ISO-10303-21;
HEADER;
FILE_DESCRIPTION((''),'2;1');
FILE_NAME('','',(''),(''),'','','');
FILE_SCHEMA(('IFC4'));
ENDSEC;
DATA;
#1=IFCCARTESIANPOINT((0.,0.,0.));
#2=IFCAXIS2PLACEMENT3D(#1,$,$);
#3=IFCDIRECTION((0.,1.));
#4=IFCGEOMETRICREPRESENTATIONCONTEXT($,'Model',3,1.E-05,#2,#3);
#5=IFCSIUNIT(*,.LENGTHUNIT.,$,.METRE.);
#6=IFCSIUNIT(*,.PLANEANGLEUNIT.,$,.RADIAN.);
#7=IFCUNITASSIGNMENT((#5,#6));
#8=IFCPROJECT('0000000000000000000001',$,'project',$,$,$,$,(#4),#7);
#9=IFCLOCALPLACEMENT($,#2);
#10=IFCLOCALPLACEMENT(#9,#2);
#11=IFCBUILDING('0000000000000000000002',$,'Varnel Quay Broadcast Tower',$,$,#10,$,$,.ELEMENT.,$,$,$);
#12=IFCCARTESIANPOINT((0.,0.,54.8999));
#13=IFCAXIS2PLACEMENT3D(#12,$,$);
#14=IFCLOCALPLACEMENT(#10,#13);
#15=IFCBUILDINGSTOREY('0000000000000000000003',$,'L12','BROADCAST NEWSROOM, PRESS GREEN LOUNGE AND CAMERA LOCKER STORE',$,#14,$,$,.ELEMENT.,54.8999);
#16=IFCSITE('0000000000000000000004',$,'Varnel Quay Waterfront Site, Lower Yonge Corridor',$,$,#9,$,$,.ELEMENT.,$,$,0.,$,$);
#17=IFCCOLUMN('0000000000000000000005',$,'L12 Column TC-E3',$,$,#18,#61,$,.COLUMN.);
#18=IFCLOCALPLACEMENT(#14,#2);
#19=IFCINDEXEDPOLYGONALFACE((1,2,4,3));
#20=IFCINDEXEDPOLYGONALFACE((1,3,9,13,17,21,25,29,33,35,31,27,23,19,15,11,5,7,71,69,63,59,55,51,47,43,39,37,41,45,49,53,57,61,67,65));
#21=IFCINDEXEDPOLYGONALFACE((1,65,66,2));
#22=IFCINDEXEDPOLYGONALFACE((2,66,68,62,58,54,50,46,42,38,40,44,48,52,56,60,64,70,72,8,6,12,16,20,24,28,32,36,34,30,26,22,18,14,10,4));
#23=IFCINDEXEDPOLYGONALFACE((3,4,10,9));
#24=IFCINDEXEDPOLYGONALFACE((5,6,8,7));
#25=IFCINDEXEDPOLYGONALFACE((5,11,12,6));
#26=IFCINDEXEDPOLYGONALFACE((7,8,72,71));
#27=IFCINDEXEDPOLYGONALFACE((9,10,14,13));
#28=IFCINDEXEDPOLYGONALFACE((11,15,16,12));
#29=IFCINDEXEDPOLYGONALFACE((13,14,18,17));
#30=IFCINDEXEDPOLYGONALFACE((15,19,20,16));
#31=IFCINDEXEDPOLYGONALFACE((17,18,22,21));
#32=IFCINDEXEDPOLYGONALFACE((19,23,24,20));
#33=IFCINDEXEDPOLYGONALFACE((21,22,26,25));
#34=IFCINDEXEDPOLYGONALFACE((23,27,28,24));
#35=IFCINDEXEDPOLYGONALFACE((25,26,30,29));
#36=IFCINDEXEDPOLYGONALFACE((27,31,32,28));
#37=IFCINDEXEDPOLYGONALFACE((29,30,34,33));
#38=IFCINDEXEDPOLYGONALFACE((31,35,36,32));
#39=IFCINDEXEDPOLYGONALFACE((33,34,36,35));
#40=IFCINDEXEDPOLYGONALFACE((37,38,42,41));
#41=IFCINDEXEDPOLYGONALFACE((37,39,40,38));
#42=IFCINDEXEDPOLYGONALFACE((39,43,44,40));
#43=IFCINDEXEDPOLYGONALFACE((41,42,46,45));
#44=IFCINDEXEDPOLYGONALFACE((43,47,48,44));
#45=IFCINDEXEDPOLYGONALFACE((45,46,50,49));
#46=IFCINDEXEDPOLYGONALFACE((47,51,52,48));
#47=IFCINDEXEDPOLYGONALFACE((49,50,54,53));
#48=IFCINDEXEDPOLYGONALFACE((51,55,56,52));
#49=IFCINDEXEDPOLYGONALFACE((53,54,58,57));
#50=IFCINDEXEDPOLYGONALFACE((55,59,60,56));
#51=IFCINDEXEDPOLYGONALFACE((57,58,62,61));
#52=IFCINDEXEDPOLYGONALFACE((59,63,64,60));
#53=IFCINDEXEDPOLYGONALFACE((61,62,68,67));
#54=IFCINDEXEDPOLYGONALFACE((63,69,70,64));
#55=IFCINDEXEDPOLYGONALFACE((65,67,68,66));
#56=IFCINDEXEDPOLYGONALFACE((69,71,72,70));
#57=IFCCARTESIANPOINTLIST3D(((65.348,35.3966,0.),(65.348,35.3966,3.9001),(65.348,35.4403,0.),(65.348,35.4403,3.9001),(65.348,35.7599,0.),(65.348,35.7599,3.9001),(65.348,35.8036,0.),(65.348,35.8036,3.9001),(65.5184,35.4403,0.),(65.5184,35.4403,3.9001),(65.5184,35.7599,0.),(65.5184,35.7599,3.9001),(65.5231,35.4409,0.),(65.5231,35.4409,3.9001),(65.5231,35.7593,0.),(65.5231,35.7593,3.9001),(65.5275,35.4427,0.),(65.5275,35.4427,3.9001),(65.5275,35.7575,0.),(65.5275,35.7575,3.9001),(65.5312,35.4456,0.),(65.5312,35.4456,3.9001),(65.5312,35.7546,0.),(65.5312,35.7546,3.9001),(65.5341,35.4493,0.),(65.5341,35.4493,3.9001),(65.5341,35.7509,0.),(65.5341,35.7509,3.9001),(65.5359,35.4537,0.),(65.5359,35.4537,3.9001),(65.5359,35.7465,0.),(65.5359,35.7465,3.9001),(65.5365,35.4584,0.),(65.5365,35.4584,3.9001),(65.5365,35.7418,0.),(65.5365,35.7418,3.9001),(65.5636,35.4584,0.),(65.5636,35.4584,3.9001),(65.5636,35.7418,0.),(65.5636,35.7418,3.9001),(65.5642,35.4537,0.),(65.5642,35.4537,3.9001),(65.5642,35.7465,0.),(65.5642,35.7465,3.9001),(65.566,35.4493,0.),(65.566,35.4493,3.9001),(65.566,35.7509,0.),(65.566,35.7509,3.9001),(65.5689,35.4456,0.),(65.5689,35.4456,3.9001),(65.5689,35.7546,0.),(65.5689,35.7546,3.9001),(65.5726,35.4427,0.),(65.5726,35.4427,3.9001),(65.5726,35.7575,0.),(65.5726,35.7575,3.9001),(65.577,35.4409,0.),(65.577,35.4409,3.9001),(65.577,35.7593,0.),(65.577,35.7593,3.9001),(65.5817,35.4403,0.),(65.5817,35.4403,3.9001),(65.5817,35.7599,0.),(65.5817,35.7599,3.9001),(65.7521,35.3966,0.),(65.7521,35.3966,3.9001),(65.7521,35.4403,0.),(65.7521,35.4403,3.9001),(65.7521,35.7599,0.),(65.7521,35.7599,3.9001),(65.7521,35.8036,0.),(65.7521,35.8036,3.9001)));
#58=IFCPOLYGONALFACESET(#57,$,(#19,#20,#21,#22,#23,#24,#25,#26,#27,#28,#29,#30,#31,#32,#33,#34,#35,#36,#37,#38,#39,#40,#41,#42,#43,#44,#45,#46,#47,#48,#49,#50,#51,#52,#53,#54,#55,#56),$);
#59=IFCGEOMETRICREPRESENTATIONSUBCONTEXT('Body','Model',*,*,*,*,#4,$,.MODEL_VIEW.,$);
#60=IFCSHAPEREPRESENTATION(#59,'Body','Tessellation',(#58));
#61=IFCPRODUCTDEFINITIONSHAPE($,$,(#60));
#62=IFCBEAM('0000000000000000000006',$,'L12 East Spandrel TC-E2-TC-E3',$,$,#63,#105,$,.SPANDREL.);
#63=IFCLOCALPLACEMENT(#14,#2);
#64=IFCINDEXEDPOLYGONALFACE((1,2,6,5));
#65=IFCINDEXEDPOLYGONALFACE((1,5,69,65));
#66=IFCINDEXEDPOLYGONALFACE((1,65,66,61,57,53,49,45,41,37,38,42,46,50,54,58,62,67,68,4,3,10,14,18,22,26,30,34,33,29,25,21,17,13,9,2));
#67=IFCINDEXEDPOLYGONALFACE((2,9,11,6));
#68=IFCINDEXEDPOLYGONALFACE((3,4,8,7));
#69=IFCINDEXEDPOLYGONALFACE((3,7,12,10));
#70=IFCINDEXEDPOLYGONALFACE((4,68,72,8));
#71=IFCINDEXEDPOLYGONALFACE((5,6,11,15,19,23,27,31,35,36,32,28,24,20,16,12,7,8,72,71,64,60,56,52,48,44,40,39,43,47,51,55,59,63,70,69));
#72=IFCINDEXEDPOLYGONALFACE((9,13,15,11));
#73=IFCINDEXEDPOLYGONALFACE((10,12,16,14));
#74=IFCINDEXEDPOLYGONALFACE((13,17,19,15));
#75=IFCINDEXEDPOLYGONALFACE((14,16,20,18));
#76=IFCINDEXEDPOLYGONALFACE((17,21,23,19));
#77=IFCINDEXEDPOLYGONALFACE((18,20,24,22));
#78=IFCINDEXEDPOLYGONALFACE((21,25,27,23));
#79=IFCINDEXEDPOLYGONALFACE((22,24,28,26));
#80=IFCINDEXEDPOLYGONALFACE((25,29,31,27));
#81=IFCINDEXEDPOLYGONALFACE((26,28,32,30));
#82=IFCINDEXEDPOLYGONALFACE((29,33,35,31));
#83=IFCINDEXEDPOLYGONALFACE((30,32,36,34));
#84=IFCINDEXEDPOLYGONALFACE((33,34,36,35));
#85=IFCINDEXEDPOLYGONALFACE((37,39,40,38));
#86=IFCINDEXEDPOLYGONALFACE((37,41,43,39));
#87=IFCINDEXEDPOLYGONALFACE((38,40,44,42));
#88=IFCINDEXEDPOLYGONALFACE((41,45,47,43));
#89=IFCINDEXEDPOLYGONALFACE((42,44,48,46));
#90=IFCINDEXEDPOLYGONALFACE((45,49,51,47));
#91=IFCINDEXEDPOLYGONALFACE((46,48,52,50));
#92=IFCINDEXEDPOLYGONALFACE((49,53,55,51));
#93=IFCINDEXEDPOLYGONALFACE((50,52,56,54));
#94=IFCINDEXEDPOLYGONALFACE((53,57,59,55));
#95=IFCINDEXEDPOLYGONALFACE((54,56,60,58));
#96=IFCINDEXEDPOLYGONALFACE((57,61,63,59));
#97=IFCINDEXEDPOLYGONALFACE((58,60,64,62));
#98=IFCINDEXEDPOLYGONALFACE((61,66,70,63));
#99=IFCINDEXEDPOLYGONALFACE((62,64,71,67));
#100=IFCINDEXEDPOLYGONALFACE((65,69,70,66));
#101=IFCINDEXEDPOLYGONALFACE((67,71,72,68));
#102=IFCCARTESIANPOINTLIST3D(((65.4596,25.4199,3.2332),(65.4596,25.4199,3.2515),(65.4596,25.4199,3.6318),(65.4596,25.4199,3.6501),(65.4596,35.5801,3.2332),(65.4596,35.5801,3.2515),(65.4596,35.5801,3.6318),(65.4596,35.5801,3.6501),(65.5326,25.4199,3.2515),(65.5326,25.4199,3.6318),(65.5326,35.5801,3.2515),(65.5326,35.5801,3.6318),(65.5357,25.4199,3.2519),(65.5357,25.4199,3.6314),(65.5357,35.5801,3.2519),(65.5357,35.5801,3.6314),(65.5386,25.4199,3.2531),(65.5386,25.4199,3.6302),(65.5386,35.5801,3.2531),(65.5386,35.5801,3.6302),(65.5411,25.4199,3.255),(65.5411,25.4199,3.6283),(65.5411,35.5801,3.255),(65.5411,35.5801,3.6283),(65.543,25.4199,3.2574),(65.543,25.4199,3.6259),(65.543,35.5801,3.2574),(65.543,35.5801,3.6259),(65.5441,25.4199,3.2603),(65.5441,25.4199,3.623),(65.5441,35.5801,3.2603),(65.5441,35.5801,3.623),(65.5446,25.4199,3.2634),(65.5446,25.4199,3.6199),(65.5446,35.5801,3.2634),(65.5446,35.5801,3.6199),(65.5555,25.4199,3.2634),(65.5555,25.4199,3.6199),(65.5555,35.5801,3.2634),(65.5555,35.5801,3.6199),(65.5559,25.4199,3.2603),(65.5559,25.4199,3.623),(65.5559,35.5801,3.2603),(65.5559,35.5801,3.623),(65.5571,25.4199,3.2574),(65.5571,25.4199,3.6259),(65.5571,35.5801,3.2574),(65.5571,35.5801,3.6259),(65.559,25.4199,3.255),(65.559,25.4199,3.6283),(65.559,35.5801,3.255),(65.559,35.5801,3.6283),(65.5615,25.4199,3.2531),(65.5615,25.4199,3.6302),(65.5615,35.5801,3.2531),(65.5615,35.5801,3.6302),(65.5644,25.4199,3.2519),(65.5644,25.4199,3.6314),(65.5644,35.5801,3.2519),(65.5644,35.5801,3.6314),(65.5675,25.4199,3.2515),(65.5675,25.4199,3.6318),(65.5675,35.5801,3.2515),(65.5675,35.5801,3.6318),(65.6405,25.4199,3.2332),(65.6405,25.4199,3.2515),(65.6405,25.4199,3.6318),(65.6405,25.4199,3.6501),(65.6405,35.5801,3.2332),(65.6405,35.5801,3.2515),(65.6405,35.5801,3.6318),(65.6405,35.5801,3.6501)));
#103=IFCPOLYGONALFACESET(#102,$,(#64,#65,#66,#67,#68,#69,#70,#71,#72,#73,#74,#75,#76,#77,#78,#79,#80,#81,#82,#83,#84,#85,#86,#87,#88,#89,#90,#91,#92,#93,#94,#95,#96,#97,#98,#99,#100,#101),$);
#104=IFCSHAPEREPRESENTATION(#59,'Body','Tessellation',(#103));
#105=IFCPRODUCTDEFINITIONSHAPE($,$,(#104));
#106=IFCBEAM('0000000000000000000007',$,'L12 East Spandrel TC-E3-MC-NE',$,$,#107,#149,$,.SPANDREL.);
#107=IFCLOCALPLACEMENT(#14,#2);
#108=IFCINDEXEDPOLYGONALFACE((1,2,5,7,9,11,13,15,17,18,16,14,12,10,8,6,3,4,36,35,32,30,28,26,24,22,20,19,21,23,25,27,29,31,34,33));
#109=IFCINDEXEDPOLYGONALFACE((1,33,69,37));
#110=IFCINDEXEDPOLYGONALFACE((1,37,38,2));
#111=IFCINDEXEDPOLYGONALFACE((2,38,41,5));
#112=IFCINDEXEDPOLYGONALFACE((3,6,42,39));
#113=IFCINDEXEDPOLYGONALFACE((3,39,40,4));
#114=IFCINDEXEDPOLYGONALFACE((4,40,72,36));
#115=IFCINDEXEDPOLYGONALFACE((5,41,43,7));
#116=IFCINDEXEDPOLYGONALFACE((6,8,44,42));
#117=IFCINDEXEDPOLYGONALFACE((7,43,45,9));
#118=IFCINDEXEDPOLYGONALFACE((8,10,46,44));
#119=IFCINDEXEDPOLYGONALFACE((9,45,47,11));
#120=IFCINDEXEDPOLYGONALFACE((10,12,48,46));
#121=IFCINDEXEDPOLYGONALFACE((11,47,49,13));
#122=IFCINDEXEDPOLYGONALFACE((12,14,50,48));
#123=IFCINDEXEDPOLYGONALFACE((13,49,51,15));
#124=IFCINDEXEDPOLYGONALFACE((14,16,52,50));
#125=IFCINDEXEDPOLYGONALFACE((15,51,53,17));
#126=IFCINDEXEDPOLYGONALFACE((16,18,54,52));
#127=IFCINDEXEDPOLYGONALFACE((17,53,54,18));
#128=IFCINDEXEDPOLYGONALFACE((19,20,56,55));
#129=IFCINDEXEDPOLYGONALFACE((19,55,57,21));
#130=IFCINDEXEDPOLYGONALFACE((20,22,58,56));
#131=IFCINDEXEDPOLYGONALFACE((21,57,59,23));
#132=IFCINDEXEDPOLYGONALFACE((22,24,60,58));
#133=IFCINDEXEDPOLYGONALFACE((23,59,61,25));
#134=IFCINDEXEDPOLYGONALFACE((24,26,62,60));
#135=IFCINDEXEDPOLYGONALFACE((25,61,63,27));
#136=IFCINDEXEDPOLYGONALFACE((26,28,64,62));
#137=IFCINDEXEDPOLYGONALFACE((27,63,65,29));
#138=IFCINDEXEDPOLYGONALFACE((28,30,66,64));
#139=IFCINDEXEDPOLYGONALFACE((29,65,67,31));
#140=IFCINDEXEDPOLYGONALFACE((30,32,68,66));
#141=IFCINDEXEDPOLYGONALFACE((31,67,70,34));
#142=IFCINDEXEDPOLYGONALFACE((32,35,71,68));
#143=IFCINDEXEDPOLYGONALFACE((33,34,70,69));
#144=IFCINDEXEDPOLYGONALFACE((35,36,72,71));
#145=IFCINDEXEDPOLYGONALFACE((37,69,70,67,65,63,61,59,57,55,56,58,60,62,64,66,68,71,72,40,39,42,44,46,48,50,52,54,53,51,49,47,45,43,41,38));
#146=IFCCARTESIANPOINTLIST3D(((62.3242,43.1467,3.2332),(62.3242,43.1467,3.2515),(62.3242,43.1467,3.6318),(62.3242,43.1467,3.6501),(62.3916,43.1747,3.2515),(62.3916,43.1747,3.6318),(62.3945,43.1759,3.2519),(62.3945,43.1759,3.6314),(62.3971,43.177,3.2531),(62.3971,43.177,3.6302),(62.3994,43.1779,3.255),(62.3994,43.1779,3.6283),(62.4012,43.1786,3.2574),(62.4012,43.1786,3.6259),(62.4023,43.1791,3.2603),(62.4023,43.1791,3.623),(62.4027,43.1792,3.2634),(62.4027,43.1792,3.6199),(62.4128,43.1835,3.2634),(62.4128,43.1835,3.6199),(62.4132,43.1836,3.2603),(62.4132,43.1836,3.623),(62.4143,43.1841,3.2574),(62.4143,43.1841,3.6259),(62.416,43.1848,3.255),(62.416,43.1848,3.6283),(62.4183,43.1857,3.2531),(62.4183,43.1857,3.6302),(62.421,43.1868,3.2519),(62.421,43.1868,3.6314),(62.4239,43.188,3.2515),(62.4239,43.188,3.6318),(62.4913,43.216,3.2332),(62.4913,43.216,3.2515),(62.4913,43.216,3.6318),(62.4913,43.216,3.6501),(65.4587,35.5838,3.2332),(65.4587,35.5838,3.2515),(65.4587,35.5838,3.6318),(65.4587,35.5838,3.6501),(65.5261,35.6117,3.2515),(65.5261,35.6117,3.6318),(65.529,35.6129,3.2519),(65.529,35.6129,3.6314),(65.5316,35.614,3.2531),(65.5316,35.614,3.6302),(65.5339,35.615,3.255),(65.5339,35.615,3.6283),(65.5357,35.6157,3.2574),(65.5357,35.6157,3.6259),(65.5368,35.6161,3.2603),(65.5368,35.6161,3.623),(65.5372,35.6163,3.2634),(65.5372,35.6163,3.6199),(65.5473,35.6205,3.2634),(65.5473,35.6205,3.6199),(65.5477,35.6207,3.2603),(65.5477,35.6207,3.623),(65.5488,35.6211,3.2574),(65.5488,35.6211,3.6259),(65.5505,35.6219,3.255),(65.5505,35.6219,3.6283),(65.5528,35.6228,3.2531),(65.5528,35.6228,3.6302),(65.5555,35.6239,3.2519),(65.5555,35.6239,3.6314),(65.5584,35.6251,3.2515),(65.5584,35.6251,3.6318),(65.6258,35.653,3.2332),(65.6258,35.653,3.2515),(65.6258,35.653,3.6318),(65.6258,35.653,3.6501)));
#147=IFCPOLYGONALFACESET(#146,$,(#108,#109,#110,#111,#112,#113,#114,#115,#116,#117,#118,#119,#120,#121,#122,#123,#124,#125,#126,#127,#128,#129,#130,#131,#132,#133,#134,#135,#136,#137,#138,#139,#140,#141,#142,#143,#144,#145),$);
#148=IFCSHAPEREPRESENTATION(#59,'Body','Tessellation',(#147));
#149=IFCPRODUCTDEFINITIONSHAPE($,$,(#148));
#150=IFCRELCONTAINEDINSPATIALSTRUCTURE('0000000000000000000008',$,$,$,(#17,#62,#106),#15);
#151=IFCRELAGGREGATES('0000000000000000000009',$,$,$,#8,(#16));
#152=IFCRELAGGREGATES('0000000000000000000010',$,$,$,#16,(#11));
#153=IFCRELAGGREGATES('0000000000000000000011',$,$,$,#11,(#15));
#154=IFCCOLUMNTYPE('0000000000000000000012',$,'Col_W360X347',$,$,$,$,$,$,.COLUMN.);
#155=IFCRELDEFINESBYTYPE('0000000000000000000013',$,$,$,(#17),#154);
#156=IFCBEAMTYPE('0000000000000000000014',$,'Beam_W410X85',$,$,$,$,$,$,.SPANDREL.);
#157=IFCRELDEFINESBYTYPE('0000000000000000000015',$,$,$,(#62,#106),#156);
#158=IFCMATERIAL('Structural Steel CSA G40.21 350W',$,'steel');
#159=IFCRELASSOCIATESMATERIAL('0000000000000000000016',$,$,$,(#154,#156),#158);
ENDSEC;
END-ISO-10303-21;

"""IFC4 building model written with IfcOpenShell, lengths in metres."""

from ifc_helpers import new_model, si_unit, direction, frame, origin, origin_2d, place, context, subcontext, project, spatial, i_section, extrude, source, transform, mapped, material, material_profile, profile_set, type_object, type_shapes, element, save


model = new_model("IFC4")

# Units and contexts
model_context = context("Model", 3, precision=1e-05, world=origin(), true_north=direction((0.0, 1.0)))
body_context = subcontext(model_context, "Body", "Model", "MODEL_VIEW")
ifc_project = project(units=[si_unit("LENGTHUNIT", "METRE"), si_unit("PLANEANGLEUNIT", "RADIAN")], contexts=[model_context])

# Site, building, storey
site_placement = place(None, origin())
site = spatial("IfcSite", under=ifc_project, at=site_placement, Name="Varnel Quay Waterfront Site, Lower Yonge Corridor", CompositionType="ELEMENT", RefElevation=0.0)
building_placement = place(site_placement, origin())
building = spatial("IfcBuilding", under=site, at=building_placement, Name="Varnel Quay Broadcast Tower", CompositionType="ELEMENT")
storey_placement = place(building_placement, frame((0.0, 0.0, 54.8999)))
storey = spatial("IfcBuildingStorey", under=building, at=storey_placement, Name="L12", Description="BROADCAST NEWSROOM, PRESS GREEN LOUNGE AND CAMERA LOCKER STORE", CompositionType="ELEMENT", Elevation=54.8999)

# Column
ifc_material_1 = material(Name="Structural Steel CSA G40.21 350W", Category="steel")
ifc_material_profile_1 = material_profile(ifc_material_1, i_section(OverallWidth=0.4041, OverallDepth=0.407, WebThickness=0.0271, FlangeThickness=0.0437, FilletRadius=0.0181, at=origin_2d()), Name="W360X347")
ifc_profile_set_1 = profile_set([ifc_material_profile_1], Name="Structural Steel CSA G40.21 350W")
column_type_1 = type_object("IfcColumnType", Name="Col_W360X347", PredefinedType="COLUMN", material=ifc_profile_set_1)
shared_shape_1 = source(origin(), body_context, "Body", "SweptSolid", [
    extrude(i_section(OverallWidth=0.4041, OverallDepth=0.407, WebThickness=0.0271, FlangeThickness=0.0437, FilletRadius=0.0181, at=origin_2d()), origin(), (0.0, 0.0, 1.0), 3.9001),
])
type_shapes(column_type_1, [shared_shape_1])
for number, where, z_axis, x_axis, name in (
    (1, (65.55, 35.6001, 0.0), (0.0, 0.0, 1.0), (1.0, 0.0, 0.0), "L12 Column TC-E3"),
):
    element("IfcColumn", number, at=place(storey_placement, frame(where, z_axis=z_axis, x_axis=x_axis)), inside=storey, type_object=column_type_1, Name=name, PredefinedType="COLUMN", context=body_context, shape_type="MappedRepresentation", body=[
        mapped(shared_shape_1, transform((0.0, 0.0, 0.0), x_axis=(1.0, 0.0, 0.0), y_axis=(0.0, 1.0, 0.0), z_axis=(0.0, 0.0, 1.0), scale=1.0)),
    ])

# Beams
ifc_material_profile_2 = material_profile(ifc_material_1, i_section(OverallWidth=0.1809, OverallDepth=0.417, WebThickness=0.011, FlangeThickness=0.0183, FilletRadius=0.012, at=origin_2d()), Name="W410X85")
ifc_profile_set_2 = profile_set([ifc_material_profile_2], Name="Structural Steel CSA G40.21 350W")
beam_type_1 = type_object("IfcBeamType", Name="Beam_W410X85", PredefinedType="SPANDREL", material=ifc_profile_set_2)
shared_shape_2 = source(origin(), body_context, "Body", "SweptSolid", [
    extrude(i_section(OverallWidth=0.1809, OverallDepth=0.417, WebThickness=0.011, FlangeThickness=0.0183, FilletRadius=0.012, at=origin_2d()), origin(), (0.0, 0.0, 1.0), 10.1602),
])
beam_1_placement = place(storey_placement, frame((65.55, 25.4199, 3.4417), z_axis=(0.0, 1.0, 0.0), x_axis=(-1.0, 0.0, 0.0)))
element("IfcBeam", 2, at=beam_1_placement, inside=storey, type_object=beam_type_1, Name="L12 East Spandrel TC-E2-TC-E3", PredefinedType="SPANDREL", context=body_context, shape_type="MappedRepresentation", body=[
    mapped(shared_shape_2, transform((0.0, 0.0, 0.0), x_axis=(1.0, 0.0, 0.0), y_axis=(0.0, 1.0, 0.0), z_axis=(0.0, 0.0, 1.0), scale=1.0)),
])
shared_shape_3 = source(origin(), body_context, "Body", "SweptSolid", [
    extrude(i_section(OverallWidth=0.1809, OverallDepth=0.417, WebThickness=0.011, FlangeThickness=0.0183, FilletRadius=0.012, at=origin_2d()), origin(), (0.0, 0.0, 1.0), 8.1868),
])
beam_2_placement = place(storey_placement, frame((65.5422, 35.6184, 3.4417), z_axis=(-0.382874, 0.923801, 0.0), x_axis=(-0.923801, -0.382874, 0.0)))
element("IfcBeam", 3, at=beam_2_placement, inside=storey, type_object=beam_type_1, Name="L12 East Spandrel TC-E3-MC-NE", PredefinedType="SPANDREL", context=body_context, shape_type="MappedRepresentation", body=[
    mapped(shared_shape_3, transform((0.0, 0.0, 0.0), x_axis=(1.0, 0.0, 0.0), y_axis=(0.0, 1.0, 0.0), z_axis=(0.0, 0.0, 1.0), scale=1.0)),
])

save(model, "model.ifc")
